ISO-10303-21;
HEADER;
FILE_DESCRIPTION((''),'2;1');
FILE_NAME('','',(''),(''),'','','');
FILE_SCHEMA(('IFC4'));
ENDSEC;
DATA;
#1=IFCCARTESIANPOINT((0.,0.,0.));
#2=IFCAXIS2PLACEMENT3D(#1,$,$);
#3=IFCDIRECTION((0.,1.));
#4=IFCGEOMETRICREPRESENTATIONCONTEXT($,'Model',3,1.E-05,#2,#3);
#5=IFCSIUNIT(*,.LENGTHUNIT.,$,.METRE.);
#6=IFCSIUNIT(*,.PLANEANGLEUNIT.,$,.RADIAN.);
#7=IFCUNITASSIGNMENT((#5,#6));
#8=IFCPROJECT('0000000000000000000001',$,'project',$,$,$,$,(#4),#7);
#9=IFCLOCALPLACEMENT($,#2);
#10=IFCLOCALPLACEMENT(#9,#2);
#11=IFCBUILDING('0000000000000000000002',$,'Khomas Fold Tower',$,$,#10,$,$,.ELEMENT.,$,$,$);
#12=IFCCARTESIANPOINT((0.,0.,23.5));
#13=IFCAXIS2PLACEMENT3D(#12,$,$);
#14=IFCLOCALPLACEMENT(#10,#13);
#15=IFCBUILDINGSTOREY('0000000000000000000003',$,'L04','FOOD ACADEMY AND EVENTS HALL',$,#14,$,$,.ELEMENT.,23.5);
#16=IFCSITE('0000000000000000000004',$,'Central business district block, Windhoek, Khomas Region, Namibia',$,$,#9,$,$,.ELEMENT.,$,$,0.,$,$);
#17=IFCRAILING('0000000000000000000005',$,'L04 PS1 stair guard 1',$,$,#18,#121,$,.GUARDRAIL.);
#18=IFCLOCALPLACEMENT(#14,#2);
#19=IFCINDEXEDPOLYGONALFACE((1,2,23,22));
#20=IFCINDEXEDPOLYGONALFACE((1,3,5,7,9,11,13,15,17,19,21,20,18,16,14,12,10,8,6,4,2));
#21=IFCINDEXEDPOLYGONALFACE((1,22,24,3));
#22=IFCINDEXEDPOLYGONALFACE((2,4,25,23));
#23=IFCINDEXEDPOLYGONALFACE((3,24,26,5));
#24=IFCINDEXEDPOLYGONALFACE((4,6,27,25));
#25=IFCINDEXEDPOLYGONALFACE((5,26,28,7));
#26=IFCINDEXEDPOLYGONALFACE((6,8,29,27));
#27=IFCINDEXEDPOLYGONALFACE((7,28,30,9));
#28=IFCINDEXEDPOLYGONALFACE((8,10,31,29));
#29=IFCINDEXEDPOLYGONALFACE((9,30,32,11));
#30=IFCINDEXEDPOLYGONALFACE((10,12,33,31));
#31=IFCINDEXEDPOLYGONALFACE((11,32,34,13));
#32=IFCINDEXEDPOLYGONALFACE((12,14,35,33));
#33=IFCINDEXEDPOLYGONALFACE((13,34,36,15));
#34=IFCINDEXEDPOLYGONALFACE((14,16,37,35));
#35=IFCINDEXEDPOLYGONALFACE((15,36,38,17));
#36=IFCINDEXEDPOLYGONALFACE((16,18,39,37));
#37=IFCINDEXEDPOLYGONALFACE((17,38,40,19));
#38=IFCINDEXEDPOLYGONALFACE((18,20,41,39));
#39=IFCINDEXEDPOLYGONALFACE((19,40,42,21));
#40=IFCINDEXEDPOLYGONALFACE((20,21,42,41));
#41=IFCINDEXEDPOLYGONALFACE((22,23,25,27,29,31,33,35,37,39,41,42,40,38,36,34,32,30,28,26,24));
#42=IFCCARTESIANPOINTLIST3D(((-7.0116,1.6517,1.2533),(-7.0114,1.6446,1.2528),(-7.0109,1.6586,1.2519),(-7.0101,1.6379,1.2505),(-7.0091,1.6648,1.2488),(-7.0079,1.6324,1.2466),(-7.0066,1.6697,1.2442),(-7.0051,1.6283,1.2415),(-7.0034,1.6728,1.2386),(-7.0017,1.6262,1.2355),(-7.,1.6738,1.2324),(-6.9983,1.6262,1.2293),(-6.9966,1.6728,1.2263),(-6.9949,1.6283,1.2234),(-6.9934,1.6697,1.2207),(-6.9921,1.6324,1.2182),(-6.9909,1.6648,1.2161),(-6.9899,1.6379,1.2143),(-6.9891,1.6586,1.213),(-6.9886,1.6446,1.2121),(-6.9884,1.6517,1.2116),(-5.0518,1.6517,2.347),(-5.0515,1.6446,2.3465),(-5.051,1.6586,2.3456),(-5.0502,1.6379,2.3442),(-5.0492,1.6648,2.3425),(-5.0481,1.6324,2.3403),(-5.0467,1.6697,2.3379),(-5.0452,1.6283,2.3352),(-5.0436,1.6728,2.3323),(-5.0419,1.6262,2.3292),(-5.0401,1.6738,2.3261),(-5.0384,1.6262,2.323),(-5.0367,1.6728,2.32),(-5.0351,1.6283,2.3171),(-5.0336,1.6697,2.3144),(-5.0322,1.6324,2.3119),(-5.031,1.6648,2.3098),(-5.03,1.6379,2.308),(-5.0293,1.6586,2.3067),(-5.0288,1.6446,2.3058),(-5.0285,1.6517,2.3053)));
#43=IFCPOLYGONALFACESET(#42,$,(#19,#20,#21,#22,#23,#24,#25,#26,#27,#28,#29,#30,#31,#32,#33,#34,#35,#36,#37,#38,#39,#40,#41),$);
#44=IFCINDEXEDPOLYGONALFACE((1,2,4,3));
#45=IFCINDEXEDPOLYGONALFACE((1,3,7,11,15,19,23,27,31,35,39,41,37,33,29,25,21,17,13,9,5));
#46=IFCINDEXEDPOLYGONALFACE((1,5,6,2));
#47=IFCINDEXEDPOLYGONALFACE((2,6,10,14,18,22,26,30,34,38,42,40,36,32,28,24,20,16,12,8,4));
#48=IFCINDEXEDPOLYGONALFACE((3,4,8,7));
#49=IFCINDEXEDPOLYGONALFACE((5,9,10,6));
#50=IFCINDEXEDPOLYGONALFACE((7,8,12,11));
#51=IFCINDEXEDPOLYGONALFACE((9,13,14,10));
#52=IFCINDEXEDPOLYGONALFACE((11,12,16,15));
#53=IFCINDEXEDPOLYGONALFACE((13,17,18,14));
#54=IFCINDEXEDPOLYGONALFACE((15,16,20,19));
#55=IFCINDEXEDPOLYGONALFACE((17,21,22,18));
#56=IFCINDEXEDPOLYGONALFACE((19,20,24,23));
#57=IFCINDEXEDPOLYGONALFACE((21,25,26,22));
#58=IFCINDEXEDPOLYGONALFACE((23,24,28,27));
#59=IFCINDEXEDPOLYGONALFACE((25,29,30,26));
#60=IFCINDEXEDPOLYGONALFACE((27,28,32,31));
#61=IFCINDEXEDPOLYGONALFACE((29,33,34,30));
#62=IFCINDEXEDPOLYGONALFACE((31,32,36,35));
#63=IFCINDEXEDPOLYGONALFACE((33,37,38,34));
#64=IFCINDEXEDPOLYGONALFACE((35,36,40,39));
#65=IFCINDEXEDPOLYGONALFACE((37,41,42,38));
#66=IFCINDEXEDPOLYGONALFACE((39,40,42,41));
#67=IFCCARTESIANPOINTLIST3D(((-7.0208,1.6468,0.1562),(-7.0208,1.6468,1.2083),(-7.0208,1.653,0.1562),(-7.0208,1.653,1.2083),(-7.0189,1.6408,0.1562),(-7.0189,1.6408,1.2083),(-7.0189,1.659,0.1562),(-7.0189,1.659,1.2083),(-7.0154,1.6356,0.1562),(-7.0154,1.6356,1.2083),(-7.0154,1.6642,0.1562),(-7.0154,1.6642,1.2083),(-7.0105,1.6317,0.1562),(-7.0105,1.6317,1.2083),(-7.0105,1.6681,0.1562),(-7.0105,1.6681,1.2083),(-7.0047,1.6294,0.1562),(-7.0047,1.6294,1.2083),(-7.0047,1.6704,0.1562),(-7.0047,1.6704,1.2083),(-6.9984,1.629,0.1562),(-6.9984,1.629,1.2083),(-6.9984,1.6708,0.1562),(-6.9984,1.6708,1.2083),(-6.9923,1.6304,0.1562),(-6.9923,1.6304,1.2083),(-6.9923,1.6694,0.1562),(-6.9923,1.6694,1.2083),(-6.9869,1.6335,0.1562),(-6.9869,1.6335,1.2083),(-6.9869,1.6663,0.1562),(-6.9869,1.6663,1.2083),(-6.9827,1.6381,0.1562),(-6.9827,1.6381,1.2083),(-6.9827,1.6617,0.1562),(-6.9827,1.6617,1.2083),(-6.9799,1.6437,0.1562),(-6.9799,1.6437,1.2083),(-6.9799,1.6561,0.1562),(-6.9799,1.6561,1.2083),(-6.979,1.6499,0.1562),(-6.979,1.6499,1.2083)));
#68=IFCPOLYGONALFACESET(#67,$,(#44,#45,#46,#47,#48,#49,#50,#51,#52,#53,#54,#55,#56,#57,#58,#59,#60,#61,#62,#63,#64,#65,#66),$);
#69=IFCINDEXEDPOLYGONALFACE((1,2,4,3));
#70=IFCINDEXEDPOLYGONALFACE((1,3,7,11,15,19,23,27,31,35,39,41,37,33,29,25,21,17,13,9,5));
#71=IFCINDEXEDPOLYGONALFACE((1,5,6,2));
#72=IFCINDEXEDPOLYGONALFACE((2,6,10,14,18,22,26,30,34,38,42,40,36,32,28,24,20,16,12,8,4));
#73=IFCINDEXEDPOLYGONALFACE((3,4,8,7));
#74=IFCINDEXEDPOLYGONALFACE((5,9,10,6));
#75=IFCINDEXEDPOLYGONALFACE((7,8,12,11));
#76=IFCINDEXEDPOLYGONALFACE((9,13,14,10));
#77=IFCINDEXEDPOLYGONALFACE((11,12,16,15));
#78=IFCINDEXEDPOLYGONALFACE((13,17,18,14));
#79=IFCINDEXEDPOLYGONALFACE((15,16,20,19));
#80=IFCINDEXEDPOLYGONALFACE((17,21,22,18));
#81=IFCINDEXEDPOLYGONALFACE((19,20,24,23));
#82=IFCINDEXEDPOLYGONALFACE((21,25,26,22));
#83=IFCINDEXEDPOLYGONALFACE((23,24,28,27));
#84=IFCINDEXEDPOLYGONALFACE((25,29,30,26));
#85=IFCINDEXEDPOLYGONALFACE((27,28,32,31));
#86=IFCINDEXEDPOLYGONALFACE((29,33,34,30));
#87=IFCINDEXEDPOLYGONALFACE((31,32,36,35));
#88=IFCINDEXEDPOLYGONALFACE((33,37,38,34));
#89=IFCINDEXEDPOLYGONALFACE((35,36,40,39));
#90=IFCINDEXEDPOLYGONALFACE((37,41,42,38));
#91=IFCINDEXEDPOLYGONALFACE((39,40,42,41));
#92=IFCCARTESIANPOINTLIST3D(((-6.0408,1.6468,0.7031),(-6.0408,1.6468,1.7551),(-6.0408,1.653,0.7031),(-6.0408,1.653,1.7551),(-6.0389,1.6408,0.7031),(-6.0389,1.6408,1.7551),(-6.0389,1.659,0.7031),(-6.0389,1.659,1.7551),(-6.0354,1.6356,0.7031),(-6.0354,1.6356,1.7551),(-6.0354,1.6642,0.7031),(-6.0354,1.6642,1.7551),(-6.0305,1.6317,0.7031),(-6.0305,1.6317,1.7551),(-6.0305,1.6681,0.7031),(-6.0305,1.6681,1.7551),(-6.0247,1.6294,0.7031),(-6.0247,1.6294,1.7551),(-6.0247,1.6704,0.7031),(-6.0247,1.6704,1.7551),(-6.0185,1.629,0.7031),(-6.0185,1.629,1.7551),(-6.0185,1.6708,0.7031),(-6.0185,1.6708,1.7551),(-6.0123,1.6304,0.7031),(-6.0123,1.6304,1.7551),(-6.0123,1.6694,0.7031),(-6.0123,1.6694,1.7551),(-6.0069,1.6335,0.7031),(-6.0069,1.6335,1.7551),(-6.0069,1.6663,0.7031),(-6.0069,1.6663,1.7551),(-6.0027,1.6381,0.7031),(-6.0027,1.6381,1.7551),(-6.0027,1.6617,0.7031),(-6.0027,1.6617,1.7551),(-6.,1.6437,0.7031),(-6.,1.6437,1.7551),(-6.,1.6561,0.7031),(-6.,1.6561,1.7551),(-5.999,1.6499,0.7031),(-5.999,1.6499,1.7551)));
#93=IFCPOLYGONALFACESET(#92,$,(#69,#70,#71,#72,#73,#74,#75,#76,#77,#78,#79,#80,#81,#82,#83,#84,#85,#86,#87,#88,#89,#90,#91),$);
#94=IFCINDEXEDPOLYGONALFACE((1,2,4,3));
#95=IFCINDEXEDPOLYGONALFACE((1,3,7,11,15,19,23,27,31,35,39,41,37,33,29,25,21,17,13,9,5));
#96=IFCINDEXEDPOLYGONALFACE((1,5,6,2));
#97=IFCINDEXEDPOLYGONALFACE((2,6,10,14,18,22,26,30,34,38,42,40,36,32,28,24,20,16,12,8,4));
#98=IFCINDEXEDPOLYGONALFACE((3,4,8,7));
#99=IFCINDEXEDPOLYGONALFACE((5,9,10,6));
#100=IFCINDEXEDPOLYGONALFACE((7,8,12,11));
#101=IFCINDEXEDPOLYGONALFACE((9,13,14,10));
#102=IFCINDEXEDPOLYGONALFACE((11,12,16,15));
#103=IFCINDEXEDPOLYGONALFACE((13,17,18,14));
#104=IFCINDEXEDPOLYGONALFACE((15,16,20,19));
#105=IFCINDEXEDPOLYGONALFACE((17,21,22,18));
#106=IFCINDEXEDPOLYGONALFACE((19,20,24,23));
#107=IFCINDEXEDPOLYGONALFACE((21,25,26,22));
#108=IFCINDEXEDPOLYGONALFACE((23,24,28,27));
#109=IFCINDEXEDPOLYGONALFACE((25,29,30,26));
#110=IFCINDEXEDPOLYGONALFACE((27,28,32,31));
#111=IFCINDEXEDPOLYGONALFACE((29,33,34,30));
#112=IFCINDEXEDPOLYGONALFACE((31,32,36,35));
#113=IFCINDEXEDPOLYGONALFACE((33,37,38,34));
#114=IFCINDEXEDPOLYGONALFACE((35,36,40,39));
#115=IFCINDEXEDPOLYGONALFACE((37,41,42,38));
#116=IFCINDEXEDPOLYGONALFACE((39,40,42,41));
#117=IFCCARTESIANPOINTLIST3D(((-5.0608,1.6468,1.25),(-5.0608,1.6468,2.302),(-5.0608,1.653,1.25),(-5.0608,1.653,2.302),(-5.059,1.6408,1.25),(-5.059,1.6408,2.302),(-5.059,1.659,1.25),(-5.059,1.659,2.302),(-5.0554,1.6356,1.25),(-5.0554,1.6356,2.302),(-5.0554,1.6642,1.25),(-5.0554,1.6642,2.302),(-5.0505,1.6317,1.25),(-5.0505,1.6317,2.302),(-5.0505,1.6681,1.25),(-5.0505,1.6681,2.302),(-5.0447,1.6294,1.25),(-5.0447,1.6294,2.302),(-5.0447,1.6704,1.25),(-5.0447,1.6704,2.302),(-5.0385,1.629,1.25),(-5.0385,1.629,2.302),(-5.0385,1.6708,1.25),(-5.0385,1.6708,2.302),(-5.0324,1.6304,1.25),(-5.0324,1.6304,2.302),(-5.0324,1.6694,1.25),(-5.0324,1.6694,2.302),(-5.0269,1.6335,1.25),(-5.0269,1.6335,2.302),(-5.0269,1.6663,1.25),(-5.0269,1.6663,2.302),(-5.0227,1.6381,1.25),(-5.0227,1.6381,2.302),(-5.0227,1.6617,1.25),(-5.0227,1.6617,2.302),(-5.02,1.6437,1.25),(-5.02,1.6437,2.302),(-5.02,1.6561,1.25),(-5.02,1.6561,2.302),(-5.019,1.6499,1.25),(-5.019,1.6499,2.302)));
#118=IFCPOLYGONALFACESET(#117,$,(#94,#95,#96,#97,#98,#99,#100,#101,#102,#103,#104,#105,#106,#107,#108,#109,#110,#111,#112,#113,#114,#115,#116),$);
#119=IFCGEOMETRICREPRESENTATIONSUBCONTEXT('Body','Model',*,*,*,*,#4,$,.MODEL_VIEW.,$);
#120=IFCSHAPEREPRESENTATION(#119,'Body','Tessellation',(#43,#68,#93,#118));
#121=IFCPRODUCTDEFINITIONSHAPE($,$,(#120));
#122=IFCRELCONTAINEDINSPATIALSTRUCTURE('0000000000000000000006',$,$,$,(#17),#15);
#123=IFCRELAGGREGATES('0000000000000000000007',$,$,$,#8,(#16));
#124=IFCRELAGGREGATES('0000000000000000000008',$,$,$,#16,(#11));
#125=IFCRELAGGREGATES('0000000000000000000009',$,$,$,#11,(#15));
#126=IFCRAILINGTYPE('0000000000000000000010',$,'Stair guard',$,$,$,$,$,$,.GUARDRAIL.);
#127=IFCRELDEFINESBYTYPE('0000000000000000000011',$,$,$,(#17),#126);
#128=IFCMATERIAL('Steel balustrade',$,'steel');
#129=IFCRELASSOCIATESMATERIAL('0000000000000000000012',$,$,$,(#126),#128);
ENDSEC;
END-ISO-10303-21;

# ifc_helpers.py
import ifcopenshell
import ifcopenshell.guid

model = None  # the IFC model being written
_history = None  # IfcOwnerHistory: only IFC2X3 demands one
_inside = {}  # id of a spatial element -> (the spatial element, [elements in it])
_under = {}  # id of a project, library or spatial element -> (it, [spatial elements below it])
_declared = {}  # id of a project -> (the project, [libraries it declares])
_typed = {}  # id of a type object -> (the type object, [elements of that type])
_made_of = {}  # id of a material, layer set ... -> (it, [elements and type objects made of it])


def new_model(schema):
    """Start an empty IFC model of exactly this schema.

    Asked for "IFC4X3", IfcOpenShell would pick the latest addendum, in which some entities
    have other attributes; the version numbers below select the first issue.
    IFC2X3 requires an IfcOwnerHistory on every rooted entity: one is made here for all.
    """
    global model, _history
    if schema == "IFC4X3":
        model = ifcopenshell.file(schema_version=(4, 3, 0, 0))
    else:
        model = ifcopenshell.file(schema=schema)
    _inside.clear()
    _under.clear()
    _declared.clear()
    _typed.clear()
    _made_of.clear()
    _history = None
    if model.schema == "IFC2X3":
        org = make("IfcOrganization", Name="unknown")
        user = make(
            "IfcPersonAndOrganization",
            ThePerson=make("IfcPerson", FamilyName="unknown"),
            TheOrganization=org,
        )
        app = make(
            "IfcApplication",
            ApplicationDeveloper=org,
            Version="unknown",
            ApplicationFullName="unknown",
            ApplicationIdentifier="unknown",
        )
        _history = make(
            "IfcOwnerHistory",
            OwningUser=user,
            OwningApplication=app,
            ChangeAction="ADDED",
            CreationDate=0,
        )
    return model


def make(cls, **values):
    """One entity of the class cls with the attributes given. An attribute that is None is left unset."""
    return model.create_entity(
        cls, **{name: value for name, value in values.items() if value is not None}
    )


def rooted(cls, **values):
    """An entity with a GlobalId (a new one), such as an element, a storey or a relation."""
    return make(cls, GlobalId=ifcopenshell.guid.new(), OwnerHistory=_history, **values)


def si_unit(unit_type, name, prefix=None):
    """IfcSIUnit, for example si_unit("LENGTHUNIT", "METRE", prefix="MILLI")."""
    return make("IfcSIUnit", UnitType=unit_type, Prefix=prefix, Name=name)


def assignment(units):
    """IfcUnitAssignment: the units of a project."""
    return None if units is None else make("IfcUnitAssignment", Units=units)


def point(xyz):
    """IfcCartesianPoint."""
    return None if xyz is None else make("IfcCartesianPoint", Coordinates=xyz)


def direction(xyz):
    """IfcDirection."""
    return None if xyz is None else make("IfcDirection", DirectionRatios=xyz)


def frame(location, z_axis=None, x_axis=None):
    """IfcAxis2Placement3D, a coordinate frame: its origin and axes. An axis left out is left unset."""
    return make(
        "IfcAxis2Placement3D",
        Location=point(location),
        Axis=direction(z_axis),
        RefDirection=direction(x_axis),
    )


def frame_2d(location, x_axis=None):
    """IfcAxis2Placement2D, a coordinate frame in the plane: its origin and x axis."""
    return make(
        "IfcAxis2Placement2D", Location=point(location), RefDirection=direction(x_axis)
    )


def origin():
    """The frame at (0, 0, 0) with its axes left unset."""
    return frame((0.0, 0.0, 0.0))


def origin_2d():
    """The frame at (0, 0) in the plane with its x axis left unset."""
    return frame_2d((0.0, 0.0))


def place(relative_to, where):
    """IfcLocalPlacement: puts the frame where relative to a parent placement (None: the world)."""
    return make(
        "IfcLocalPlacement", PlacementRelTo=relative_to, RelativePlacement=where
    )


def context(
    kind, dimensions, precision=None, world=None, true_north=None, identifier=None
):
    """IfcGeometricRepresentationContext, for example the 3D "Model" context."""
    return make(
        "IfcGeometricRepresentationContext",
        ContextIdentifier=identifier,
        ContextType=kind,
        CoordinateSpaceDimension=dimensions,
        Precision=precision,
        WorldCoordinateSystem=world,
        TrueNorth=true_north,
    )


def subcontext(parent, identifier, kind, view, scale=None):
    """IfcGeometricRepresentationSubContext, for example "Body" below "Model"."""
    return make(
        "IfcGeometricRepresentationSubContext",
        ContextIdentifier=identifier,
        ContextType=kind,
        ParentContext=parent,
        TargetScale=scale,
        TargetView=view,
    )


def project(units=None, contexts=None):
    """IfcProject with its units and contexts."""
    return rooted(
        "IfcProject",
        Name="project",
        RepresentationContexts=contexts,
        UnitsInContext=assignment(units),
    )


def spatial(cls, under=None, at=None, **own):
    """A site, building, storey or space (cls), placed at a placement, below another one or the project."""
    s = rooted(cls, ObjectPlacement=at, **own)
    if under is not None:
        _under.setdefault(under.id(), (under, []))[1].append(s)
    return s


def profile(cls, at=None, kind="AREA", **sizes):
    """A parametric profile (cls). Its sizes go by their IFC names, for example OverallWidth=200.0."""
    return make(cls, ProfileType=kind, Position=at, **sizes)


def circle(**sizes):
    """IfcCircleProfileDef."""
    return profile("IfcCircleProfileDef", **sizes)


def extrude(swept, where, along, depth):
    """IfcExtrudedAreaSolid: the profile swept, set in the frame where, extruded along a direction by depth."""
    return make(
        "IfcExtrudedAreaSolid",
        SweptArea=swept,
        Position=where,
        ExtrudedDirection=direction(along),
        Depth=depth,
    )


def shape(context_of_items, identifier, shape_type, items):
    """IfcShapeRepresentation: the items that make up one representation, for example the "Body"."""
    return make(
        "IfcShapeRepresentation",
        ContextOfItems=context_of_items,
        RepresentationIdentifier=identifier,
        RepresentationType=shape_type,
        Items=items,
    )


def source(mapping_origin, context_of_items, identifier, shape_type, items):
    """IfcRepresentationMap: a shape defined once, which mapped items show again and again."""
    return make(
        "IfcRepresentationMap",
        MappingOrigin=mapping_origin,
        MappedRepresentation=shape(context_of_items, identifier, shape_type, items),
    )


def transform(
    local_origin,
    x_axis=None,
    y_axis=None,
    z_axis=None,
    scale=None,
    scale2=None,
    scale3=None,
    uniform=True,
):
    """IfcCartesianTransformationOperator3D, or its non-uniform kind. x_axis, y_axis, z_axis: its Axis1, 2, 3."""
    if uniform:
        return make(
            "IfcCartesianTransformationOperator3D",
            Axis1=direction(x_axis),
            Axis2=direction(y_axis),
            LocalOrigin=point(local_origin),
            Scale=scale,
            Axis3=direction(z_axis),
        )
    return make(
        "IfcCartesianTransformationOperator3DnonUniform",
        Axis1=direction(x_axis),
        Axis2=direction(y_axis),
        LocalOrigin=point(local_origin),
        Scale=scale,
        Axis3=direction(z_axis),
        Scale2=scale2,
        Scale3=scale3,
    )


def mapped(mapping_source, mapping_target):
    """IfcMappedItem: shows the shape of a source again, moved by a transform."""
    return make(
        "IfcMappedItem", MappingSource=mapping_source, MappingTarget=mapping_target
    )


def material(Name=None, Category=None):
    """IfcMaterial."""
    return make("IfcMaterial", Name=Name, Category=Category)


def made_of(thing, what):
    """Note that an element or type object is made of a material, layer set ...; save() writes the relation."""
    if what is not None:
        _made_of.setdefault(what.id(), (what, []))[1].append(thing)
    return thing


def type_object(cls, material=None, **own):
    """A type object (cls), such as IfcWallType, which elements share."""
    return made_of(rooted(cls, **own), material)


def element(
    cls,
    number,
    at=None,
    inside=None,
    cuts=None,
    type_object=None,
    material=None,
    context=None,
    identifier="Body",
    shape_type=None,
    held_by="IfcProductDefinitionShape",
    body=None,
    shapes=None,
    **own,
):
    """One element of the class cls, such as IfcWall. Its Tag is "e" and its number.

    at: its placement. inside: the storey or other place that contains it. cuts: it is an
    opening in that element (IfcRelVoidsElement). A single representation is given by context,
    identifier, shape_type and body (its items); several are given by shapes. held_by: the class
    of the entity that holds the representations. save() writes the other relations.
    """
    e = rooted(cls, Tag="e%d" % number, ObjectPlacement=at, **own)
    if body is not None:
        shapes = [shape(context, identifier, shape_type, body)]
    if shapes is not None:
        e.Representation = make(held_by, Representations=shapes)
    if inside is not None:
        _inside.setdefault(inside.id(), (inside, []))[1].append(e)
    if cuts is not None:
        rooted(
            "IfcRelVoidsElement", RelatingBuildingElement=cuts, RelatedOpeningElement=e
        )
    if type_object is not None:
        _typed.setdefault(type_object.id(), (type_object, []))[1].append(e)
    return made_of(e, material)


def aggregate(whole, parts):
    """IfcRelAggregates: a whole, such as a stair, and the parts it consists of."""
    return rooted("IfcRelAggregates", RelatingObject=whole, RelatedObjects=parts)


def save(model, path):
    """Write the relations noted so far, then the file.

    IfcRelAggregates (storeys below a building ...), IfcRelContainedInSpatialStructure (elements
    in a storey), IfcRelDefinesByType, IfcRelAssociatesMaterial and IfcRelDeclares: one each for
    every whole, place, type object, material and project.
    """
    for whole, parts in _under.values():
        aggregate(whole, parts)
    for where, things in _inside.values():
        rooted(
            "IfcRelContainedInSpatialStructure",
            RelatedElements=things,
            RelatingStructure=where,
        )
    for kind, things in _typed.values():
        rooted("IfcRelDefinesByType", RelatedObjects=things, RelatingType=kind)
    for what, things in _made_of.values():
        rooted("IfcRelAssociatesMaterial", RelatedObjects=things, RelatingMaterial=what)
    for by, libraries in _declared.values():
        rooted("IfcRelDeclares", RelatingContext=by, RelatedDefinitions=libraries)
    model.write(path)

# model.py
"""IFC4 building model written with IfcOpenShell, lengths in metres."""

from ifc_helpers import new_model, si_unit, direction, frame, origin, origin_2d, place, context, subcontext, project, spatial, circle, extrude, source, transform, mapped, material, type_object, element, save


model = new_model("IFC4")

# Units and contexts
model_context = context("Model", 3, precision=1e-05, world=origin(), true_north=direction((0.0, 1.0)))
body_context = subcontext(model_context, "Body", "Model", "MODEL_VIEW")
ifc_project = project(units=[si_unit("LENGTHUNIT", "METRE"), si_unit("PLANEANGLEUNIT", "RADIAN")], contexts=[model_context])

# Site, building, storey
site_placement = place(None, origin())
site = spatial("IfcSite", under=ifc_project, at=site_placement, Name="Central business district block, Windhoek, Khomas Region, Namibia", CompositionType="ELEMENT", RefElevation=0.0)
building_placement = place(site_placement, origin())
building = spatial("IfcBuilding", under=site, at=building_placement, Name="Khomas Fold Tower", CompositionType="ELEMENT")
storey_placement = place(building_placement, frame((0.0, 0.0, 23.5)))
storey = spatial("IfcBuildingStorey", under=building, at=storey_placement, Name="L04", Description="FOOD ACADEMY AND EVENTS HALL", CompositionType="ELEMENT", Elevation=23.5)

# Railing
ifc_material_1 = material(Name="Steel balustrade", Category="steel")
railing_type_1 = type_object("IfcRailingType", Name="Stair guard", PredefinedType="GUARDRAIL", material=ifc_material_1)
shared_shape_1 = source(origin(), body_context, "Body", "SweptSolid", [
    extrude(circle(Radius=0.0239, at=origin_2d()), frame((0.0, 0.0, 1.0762), z_axis=(0.873232, 0.0, 0.487304), x_axis=(0.0, 1.0, 0.0)), (0.0, 0.0, 1.0), 2.2444),
    extrude(circle(Radius=0.021, at=origin_2d()), origin(), (0.0, 0.0, 1.0), 1.052),
    extrude(circle(Radius=0.021, at=origin_2d()), frame((0.98, 0.0, 0.5469)), (0.0, 0.0, 1.0), 1.052),
    extrude(circle(Radius=0.021, at=origin_2d()), frame((1.96, 0.0, 1.0938)), (0.0, 0.0, 1.0), 1.052),
])
for number, where, name in (
    (1, (-7.0, 1.6499, 0.1562), "L04 PS1 stair guard 1"),
):
    element("IfcRailing", number, at=place(storey_placement, frame(where)), inside=storey, type_object=railing_type_1, Name=name, PredefinedType="GUARDRAIL", context=body_context, shape_type="MappedRepresentation", body=[
        mapped(shared_shape_1, transform((0.0, 0.0, 0.0))),
    ])

save(model, "model.ifc")
